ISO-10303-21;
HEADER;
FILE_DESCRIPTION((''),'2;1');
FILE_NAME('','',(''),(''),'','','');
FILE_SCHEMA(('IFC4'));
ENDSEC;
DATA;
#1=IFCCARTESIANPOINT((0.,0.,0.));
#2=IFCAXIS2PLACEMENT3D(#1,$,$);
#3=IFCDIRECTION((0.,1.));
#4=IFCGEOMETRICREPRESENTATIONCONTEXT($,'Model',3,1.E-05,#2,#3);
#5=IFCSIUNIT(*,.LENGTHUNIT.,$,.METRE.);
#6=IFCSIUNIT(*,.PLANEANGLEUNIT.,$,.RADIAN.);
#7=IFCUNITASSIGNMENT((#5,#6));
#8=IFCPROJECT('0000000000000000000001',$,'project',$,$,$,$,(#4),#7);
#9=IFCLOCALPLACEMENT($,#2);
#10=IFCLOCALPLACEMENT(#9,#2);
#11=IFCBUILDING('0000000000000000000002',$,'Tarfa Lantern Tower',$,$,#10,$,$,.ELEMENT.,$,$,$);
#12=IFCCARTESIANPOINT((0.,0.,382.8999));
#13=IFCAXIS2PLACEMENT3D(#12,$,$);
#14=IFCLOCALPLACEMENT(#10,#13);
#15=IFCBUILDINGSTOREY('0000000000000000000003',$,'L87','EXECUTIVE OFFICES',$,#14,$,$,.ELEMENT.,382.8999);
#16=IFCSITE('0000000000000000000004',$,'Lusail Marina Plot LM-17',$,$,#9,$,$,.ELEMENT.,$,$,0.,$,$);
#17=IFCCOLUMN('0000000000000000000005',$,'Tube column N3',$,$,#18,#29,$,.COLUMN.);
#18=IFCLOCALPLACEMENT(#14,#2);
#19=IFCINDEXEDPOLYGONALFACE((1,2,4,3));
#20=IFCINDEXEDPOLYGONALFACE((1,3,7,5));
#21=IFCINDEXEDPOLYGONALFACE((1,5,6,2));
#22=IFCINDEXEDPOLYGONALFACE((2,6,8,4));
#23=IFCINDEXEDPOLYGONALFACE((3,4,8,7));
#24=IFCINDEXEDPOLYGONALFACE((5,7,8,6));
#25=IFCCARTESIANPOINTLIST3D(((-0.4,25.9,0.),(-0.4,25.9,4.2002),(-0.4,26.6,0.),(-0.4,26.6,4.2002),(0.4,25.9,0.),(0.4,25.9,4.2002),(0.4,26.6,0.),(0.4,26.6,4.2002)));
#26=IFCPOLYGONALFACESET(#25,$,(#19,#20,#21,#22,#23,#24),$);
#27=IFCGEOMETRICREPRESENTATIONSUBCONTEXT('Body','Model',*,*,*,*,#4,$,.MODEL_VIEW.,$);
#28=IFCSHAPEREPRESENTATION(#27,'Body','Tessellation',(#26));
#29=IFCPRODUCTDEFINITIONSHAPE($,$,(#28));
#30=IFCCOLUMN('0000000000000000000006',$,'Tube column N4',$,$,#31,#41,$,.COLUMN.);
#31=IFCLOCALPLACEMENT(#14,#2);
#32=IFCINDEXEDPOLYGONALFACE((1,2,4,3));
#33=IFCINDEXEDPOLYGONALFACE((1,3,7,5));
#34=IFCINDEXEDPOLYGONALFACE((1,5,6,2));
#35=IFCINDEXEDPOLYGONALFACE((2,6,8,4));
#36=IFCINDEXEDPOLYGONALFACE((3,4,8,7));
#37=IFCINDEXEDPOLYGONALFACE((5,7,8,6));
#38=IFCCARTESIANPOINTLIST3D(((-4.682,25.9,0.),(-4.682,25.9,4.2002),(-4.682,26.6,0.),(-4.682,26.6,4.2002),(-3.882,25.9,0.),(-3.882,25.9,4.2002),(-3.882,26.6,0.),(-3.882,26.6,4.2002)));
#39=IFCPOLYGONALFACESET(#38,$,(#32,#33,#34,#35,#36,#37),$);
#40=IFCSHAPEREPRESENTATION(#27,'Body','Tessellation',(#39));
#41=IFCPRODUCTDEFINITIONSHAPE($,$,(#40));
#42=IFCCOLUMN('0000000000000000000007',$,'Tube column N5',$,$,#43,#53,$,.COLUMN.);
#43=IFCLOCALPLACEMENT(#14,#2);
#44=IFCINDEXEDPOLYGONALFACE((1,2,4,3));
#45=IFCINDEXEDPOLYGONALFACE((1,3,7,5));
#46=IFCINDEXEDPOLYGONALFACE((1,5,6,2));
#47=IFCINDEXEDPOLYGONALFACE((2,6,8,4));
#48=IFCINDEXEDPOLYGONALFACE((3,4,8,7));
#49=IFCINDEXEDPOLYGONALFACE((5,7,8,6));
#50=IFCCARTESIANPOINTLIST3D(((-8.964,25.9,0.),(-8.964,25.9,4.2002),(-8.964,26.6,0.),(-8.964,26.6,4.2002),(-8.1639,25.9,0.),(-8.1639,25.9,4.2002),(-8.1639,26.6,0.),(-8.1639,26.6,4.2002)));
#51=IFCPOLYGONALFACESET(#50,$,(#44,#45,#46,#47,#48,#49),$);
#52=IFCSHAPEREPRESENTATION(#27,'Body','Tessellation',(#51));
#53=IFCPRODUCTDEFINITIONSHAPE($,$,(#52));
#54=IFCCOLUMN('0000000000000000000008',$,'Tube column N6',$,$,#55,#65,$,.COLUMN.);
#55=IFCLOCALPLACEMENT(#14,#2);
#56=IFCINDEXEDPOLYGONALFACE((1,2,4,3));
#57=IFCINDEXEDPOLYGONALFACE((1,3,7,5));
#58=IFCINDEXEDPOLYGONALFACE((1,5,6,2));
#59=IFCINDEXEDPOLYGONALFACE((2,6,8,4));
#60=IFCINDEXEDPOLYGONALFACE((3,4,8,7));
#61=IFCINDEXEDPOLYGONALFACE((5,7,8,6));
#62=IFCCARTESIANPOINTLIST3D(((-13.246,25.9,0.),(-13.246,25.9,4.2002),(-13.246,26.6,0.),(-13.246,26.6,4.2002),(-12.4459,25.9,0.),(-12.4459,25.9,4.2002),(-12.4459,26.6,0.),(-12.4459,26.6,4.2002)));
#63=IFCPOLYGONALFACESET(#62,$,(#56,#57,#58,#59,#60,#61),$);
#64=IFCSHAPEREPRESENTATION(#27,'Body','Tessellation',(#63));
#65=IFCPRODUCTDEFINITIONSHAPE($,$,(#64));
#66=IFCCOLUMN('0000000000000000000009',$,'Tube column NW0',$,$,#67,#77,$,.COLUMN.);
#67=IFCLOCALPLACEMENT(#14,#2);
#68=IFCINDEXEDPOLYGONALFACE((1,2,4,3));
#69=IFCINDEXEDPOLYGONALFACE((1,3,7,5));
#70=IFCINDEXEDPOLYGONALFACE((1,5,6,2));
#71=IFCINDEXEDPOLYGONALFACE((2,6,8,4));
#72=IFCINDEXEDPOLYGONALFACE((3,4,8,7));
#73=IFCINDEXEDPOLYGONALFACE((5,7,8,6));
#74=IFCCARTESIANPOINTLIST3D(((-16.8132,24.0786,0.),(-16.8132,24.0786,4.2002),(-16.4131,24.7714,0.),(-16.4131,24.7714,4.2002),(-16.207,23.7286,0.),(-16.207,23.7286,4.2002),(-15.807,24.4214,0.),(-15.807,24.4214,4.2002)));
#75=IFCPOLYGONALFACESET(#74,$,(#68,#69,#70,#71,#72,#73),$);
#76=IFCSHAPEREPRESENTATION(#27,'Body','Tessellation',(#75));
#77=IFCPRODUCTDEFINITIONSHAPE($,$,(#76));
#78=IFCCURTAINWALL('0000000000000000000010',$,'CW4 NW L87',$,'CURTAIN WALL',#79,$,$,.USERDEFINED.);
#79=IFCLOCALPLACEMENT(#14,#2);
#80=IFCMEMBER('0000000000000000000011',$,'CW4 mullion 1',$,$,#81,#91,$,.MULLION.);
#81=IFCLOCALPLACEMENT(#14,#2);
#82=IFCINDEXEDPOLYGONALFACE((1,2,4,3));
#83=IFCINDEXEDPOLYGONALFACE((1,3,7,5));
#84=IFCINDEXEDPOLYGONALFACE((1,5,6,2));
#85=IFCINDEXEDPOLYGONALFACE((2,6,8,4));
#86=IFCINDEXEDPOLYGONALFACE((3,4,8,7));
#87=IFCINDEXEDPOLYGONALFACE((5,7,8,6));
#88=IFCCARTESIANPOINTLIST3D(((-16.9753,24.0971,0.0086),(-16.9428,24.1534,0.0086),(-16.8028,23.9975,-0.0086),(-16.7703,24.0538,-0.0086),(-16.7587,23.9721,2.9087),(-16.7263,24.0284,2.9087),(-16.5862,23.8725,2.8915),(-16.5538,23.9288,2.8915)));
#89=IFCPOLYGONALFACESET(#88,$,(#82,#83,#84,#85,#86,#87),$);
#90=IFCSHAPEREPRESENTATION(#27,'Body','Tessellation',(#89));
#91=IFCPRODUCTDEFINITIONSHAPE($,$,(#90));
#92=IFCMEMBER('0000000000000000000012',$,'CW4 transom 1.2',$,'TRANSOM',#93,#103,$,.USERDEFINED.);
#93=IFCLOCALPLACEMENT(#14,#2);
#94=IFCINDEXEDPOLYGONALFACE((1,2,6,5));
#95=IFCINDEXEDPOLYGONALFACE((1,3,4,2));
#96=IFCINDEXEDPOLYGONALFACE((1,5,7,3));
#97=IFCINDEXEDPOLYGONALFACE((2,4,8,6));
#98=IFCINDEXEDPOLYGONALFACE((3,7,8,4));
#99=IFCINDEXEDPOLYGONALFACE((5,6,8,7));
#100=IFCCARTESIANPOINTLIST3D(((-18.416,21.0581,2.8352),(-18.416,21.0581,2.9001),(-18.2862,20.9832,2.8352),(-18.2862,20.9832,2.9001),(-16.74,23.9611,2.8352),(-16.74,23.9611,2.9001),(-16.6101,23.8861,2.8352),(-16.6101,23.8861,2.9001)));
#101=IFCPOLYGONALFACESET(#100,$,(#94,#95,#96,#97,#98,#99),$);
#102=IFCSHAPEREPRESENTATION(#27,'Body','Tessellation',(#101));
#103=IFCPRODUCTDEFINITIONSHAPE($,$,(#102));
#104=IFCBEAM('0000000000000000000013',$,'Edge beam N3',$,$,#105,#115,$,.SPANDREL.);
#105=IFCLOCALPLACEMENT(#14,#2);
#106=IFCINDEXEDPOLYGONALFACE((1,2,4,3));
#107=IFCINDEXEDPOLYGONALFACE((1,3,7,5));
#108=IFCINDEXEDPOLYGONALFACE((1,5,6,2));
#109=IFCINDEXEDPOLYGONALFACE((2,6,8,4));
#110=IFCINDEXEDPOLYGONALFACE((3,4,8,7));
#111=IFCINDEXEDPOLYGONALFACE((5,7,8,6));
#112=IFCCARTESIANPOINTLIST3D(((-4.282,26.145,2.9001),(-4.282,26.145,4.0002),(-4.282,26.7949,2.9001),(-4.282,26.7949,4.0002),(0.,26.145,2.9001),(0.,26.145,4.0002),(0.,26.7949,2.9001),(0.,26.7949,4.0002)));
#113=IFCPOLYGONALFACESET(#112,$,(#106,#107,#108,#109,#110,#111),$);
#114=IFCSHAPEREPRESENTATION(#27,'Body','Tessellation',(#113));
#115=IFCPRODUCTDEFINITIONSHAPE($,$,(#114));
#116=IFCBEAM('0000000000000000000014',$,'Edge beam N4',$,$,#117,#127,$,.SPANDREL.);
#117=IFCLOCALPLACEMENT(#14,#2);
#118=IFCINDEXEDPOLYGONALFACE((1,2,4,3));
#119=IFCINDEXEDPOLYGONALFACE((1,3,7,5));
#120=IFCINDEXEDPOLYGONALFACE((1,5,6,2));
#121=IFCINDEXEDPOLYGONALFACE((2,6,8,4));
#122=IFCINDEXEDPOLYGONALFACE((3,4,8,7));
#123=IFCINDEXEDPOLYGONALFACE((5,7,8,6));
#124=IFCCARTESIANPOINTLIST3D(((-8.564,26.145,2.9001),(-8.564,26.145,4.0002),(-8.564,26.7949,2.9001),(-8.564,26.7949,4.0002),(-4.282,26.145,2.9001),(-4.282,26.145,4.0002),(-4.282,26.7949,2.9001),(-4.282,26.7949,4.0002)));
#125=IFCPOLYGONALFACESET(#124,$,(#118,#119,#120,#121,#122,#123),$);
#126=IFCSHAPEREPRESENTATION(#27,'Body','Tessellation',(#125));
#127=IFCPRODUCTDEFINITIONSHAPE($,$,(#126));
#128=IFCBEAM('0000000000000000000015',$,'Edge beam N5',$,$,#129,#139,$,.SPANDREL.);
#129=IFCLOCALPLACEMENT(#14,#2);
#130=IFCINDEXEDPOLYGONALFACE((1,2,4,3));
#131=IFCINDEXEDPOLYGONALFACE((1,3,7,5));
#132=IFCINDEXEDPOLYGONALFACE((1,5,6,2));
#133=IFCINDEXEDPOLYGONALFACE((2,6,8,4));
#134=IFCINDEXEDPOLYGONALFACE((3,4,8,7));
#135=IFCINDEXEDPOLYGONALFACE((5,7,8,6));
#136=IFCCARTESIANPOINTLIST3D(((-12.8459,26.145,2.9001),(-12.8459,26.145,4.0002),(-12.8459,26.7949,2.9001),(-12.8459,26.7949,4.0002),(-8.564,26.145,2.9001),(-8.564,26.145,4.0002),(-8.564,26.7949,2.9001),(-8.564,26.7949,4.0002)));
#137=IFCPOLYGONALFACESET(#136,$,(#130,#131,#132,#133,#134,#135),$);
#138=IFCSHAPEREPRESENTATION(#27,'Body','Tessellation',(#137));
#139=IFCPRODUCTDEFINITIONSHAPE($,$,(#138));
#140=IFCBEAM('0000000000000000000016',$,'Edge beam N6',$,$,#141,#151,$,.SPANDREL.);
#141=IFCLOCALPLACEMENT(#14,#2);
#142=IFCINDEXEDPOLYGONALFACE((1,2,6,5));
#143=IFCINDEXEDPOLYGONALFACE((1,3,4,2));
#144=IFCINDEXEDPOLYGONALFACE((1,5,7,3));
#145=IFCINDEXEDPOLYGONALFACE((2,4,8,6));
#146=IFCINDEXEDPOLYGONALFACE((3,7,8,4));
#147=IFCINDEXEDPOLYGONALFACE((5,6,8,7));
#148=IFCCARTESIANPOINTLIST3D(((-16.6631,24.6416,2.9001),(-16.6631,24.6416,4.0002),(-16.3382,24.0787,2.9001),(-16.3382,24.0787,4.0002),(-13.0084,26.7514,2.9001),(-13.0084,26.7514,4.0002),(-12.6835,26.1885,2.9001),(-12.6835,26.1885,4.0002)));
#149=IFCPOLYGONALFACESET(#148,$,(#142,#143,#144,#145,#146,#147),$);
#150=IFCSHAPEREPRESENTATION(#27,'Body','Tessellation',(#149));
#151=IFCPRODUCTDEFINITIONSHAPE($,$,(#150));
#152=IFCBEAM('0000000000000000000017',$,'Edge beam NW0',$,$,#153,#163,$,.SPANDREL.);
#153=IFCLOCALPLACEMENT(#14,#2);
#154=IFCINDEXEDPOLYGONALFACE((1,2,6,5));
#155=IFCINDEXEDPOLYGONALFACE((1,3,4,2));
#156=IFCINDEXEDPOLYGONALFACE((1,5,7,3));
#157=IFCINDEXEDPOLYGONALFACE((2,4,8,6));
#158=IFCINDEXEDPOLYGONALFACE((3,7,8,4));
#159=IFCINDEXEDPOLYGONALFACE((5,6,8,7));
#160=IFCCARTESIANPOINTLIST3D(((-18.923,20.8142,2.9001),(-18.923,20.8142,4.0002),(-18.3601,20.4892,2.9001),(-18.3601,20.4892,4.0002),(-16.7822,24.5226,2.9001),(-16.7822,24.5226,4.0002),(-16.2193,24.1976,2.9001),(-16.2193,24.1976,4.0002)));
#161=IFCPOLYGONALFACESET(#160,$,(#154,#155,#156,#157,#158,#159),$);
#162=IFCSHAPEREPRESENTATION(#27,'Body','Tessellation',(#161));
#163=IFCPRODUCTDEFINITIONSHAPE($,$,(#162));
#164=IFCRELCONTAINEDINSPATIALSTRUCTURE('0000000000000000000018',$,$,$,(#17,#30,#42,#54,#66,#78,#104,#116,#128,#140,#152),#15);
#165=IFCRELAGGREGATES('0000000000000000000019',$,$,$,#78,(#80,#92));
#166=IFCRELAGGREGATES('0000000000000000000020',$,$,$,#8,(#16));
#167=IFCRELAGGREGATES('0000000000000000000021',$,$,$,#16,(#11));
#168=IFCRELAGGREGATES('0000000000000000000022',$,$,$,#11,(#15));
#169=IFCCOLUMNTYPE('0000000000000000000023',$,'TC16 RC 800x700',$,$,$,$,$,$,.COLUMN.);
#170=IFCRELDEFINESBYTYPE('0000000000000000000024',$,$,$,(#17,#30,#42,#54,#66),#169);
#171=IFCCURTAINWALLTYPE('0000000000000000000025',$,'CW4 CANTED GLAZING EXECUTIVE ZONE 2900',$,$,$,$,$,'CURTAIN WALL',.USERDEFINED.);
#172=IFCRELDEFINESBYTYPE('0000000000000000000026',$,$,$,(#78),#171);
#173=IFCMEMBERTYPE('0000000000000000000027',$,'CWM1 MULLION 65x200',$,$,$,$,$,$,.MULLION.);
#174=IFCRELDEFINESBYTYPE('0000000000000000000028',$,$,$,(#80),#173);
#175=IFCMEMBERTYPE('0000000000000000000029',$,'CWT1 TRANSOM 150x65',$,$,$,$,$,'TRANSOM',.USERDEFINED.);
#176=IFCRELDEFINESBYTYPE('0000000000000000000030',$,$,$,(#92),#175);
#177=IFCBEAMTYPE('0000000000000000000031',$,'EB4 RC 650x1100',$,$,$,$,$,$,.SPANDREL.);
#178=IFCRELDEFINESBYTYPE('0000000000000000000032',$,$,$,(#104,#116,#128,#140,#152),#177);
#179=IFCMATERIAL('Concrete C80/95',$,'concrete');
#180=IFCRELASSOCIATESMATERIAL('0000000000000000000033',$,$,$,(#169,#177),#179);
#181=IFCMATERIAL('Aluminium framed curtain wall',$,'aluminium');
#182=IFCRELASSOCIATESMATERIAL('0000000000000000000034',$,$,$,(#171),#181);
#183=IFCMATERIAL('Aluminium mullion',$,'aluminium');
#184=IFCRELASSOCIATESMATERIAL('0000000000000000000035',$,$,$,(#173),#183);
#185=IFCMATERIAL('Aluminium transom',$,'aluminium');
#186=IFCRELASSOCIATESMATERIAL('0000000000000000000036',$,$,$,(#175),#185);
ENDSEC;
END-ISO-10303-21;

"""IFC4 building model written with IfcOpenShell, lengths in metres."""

from ifc_helpers import new_model, si_unit, direction, frame, origin, origin_2d, place, context, subcontext, project, spatial, rectangle, extrude, material, material_profile, profile_set, type_object, element, aggregate, save


model = new_model("IFC4")

# Units and contexts
model_context = context("Model", 3, precision=1e-05, world=origin(), true_north=direction((0.0, 1.0)))
body_context = subcontext(model_context, "Body", "Model", "MODEL_VIEW")
ifc_project = project(units=[si_unit("LENGTHUNIT", "METRE"), si_unit("PLANEANGLEUNIT", "RADIAN")], contexts=[model_context])

# Site, building, storey
site_placement = place(None, origin())
site = spatial("IfcSite", under=ifc_project, at=site_placement, Name="Lusail Marina Plot LM-17", CompositionType="ELEMENT", RefElevation=0.0)
building_placement = place(site_placement, origin())
building = spatial("IfcBuilding", under=site, at=building_placement, Name="Tarfa Lantern Tower", CompositionType="ELEMENT")
storey_placement = place(building_placement, frame((0.0, 0.0, 382.8999)))
storey = spatial("IfcBuildingStorey", under=building, at=storey_placement, Name="L87", Description="EXECUTIVE OFFICES", CompositionType="ELEMENT", Elevation=382.8999)

# Columns
ifc_material_1 = material(Name="Concrete C80/95", Category="concrete")
ifc_material_profile_1 = material_profile(ifc_material_1, rectangle(XDim=0.8, YDim=0.7, at=origin_2d()), Name="RC 800x700")
ifc_profile_set_1 = profile_set([ifc_material_profile_1], Name="Concrete C80/95")
column_type = type_object("IfcColumnType", Name="TC16 RC 800x700", PredefinedType="COLUMN", material=ifc_profile_set_1)
for number, where, z_axis, x_axis, name in (
    (1, (0.0, 26.25, 0.0), (0.0, 0.0, 1.0), (-1.0, 0.0, 0.0), "Tube column N3"),
    (2, (-4.282, 26.25, 0.0), (0.0, 0.0, 1.0), (-1.0, 0.0, 0.0), "Tube column N4"),
    (3, (-8.564, 26.25, 0.0), (0.0, 0.0, 1.0), (-1.0, 0.0, 0.0), "Tube column N5"),
    (4, (-12.8459, 26.25, 0.0), (0.0, 0.0, 1.0), (-1.0, 0.0, 0.0), "Tube column N6"),
    (5, (-16.3101, 24.25, 0.0), (0.0, 0.0, 1.0), (-0.5, -0.866025, 0.0), "Tube column NW0"),
):
    element("IfcColumn", number, at=place(storey_placement, frame(where, z_axis=z_axis, x_axis=x_axis)), inside=storey, type_object=column_type, Name=name, PredefinedType="COLUMN", context=body_context, shape_type="SweptSolid", body=[
        extrude(rectangle(XDim=0.8, YDim=0.7, at=origin_2d()), origin(), (0.0, 0.0, 1.0), 4.2002),
    ])

# Curtain wall, members
ifc_material_2 = material(Name="Aluminium framed curtain wall", Category="aluminium")
curtain_wall_type = type_object("IfcCurtainWallType", Name="CW4 CANTED GLAZING EXECUTIVE ZONE 2900", ElementType="CURTAIN WALL", PredefinedType="USERDEFINED", material=ifc_material_2)
curtain_wall_placement = place(storey_placement, origin())
curtain_wall = element("IfcCurtainWall", 6, at=curtain_wall_placement, inside=storey, type_object=curtain_wall_type, Name="CW4 NW L87", ObjectType="CURTAIN WALL", PredefinedType="USERDEFINED")
ifc_material_3 = material(Name="Aluminium mullion", Category="aluminium")
ifc_material_profile_2 = material_profile(ifc_material_3, rectangle(XDim=0.0649, YDim=0.2, at=origin_2d()), Name="AL MULLION 65x200")
ifc_profile_set_2 = profile_set([ifc_material_profile_2], Name="Aluminium mullion")
member_type_1 = type_object("IfcMemberType", Name="CWM1 MULLION 65x200", PredefinedType="MULLION", material=ifc_profile_set_2)
member_1_placement = place(storey_placement, frame((-16.8728, 24.0754, 0.0), z_axis=(0.074394, -0.042942, 0.996304), x_axis=(0.49992, 0.866072, 0.0)))
member_1 = element("IfcMember", 7, at=member_1_placement, type_object=member_type_1, Name="CW4 mullion 1", PredefinedType="MULLION", context=body_context, shape_type="SweptSolid", body=[
    extrude(rectangle(XDim=0.0649, YDim=0.2, at=origin_2d()), origin(), (0.0, 0.0, 1.0), 2.9109),
])
ifc_material_4 = material(Name="Aluminium transom", Category="aluminium")
ifc_material_profile_3 = material_profile(ifc_material_4, rectangle(XDim=0.1499, YDim=0.0649, at=origin_2d()), Name="AL TRANSOM 150x65")
ifc_profile_set_3 = profile_set([ifc_material_profile_3], Name="Aluminium transom")
member_type_2 = type_object("IfcMemberType", Name="CWT1 TRANSOM 150x65", ElementType="TRANSOM", PredefinedType="USERDEFINED", material=ifc_profile_set_3)
member_2_placement = place(storey_placement, frame((-16.675, 23.9236, 2.8677), z_axis=(-0.500017, -0.866016, 0.0), x_axis=(0.866016, -0.500017, 0.0)))
member_2 = element("IfcMember", 8, at=member_2_placement, type_object=member_type_2, Name="CW4 transom 1.2", ObjectType="TRANSOM", PredefinedType="USERDEFINED", context=body_context, shape_type="SweptSolid", body=[
    extrude(rectangle(XDim=0.1499, YDim=0.0649, at=origin_2d()), origin(), (0.0, 0.0, 1.0), 3.3521),
])

# Beams
ifc_material_profile_4 = material_profile(ifc_material_1, rectangle(XDim=0.6499, YDim=1.1001, at=origin_2d()), Name="RC 650x1100")
ifc_profile_set_4 = profile_set([ifc_material_profile_4], Name="Concrete C80/95")
beam_type_1 = type_object("IfcBeamType", Name="EB4 RC 650x1100", PredefinedType="SPANDREL", material=ifc_profile_set_4)
for number, where, z_axis, x_axis, name in (
    (9, (0.0, 26.47, 3.4502), (-1.0, 0.0, 0.0), (0.0, -1.0, 0.0), "Edge beam N3"),
    (10, (-4.282, 26.47, 3.4502), (-1.0, 0.0, 0.0), (0.0, -1.0, 0.0), "Edge beam N4"),
    (11, (-8.564, 26.47, 3.4502), (-1.0, 0.0, 0.0), (0.0, -1.0, 0.0), "Edge beam N5"),
):
    element("IfcBeam", number, at=place(storey_placement, frame(where, z_axis=z_axis, x_axis=x_axis)), inside=storey, type_object=beam_type_1, Name=name, PredefinedType="SPANDREL", context=body_context, shape_type="SweptSolid", body=[
        extrude(rectangle(XDim=0.6499, YDim=1.1001, at=origin_2d()), origin(), (0.0, 0.0, 1.0), 4.282),
    ])
beam_1_placement = place(storey_placement, frame((-12.8459, 26.47, 3.4502), z_axis=(-0.866049, -0.499959, 0.0), x_axis=(0.499959, -0.866049, 0.0)))
element("IfcBeam", 12, at=beam_1_placement, inside=storey, type_object=beam_type_1, Name="Edge beam N6", PredefinedType="SPANDREL", context=body_context, shape_type="SweptSolid", body=[
    extrude(rectangle(XDim=0.6499, YDim=1.1001, at=origin_2d()), origin(), (0.0, 0.0, 1.0), 4.22),
])
beam_2_placement = place(storey_placement, frame((-16.5007, 24.3601, 3.4502), z_axis=(-0.499959, -0.866049, 0.0), x_axis=(0.866049, -0.499959, 0.0)))
element("IfcBeam", 13, at=beam_2_placement, inside=storey, type_object=beam_type_1, Name="Edge beam NW0", PredefinedType="SPANDREL", context=body_context, shape_type="SweptSolid", body=[
    extrude(rectangle(XDim=0.6499, YDim=1.1001, at=origin_2d()), origin(), (0.0, 0.0, 1.0), 4.282),
])

aggregate(curtain_wall, [member_1, member_2])

save(model, "model.ifc")
